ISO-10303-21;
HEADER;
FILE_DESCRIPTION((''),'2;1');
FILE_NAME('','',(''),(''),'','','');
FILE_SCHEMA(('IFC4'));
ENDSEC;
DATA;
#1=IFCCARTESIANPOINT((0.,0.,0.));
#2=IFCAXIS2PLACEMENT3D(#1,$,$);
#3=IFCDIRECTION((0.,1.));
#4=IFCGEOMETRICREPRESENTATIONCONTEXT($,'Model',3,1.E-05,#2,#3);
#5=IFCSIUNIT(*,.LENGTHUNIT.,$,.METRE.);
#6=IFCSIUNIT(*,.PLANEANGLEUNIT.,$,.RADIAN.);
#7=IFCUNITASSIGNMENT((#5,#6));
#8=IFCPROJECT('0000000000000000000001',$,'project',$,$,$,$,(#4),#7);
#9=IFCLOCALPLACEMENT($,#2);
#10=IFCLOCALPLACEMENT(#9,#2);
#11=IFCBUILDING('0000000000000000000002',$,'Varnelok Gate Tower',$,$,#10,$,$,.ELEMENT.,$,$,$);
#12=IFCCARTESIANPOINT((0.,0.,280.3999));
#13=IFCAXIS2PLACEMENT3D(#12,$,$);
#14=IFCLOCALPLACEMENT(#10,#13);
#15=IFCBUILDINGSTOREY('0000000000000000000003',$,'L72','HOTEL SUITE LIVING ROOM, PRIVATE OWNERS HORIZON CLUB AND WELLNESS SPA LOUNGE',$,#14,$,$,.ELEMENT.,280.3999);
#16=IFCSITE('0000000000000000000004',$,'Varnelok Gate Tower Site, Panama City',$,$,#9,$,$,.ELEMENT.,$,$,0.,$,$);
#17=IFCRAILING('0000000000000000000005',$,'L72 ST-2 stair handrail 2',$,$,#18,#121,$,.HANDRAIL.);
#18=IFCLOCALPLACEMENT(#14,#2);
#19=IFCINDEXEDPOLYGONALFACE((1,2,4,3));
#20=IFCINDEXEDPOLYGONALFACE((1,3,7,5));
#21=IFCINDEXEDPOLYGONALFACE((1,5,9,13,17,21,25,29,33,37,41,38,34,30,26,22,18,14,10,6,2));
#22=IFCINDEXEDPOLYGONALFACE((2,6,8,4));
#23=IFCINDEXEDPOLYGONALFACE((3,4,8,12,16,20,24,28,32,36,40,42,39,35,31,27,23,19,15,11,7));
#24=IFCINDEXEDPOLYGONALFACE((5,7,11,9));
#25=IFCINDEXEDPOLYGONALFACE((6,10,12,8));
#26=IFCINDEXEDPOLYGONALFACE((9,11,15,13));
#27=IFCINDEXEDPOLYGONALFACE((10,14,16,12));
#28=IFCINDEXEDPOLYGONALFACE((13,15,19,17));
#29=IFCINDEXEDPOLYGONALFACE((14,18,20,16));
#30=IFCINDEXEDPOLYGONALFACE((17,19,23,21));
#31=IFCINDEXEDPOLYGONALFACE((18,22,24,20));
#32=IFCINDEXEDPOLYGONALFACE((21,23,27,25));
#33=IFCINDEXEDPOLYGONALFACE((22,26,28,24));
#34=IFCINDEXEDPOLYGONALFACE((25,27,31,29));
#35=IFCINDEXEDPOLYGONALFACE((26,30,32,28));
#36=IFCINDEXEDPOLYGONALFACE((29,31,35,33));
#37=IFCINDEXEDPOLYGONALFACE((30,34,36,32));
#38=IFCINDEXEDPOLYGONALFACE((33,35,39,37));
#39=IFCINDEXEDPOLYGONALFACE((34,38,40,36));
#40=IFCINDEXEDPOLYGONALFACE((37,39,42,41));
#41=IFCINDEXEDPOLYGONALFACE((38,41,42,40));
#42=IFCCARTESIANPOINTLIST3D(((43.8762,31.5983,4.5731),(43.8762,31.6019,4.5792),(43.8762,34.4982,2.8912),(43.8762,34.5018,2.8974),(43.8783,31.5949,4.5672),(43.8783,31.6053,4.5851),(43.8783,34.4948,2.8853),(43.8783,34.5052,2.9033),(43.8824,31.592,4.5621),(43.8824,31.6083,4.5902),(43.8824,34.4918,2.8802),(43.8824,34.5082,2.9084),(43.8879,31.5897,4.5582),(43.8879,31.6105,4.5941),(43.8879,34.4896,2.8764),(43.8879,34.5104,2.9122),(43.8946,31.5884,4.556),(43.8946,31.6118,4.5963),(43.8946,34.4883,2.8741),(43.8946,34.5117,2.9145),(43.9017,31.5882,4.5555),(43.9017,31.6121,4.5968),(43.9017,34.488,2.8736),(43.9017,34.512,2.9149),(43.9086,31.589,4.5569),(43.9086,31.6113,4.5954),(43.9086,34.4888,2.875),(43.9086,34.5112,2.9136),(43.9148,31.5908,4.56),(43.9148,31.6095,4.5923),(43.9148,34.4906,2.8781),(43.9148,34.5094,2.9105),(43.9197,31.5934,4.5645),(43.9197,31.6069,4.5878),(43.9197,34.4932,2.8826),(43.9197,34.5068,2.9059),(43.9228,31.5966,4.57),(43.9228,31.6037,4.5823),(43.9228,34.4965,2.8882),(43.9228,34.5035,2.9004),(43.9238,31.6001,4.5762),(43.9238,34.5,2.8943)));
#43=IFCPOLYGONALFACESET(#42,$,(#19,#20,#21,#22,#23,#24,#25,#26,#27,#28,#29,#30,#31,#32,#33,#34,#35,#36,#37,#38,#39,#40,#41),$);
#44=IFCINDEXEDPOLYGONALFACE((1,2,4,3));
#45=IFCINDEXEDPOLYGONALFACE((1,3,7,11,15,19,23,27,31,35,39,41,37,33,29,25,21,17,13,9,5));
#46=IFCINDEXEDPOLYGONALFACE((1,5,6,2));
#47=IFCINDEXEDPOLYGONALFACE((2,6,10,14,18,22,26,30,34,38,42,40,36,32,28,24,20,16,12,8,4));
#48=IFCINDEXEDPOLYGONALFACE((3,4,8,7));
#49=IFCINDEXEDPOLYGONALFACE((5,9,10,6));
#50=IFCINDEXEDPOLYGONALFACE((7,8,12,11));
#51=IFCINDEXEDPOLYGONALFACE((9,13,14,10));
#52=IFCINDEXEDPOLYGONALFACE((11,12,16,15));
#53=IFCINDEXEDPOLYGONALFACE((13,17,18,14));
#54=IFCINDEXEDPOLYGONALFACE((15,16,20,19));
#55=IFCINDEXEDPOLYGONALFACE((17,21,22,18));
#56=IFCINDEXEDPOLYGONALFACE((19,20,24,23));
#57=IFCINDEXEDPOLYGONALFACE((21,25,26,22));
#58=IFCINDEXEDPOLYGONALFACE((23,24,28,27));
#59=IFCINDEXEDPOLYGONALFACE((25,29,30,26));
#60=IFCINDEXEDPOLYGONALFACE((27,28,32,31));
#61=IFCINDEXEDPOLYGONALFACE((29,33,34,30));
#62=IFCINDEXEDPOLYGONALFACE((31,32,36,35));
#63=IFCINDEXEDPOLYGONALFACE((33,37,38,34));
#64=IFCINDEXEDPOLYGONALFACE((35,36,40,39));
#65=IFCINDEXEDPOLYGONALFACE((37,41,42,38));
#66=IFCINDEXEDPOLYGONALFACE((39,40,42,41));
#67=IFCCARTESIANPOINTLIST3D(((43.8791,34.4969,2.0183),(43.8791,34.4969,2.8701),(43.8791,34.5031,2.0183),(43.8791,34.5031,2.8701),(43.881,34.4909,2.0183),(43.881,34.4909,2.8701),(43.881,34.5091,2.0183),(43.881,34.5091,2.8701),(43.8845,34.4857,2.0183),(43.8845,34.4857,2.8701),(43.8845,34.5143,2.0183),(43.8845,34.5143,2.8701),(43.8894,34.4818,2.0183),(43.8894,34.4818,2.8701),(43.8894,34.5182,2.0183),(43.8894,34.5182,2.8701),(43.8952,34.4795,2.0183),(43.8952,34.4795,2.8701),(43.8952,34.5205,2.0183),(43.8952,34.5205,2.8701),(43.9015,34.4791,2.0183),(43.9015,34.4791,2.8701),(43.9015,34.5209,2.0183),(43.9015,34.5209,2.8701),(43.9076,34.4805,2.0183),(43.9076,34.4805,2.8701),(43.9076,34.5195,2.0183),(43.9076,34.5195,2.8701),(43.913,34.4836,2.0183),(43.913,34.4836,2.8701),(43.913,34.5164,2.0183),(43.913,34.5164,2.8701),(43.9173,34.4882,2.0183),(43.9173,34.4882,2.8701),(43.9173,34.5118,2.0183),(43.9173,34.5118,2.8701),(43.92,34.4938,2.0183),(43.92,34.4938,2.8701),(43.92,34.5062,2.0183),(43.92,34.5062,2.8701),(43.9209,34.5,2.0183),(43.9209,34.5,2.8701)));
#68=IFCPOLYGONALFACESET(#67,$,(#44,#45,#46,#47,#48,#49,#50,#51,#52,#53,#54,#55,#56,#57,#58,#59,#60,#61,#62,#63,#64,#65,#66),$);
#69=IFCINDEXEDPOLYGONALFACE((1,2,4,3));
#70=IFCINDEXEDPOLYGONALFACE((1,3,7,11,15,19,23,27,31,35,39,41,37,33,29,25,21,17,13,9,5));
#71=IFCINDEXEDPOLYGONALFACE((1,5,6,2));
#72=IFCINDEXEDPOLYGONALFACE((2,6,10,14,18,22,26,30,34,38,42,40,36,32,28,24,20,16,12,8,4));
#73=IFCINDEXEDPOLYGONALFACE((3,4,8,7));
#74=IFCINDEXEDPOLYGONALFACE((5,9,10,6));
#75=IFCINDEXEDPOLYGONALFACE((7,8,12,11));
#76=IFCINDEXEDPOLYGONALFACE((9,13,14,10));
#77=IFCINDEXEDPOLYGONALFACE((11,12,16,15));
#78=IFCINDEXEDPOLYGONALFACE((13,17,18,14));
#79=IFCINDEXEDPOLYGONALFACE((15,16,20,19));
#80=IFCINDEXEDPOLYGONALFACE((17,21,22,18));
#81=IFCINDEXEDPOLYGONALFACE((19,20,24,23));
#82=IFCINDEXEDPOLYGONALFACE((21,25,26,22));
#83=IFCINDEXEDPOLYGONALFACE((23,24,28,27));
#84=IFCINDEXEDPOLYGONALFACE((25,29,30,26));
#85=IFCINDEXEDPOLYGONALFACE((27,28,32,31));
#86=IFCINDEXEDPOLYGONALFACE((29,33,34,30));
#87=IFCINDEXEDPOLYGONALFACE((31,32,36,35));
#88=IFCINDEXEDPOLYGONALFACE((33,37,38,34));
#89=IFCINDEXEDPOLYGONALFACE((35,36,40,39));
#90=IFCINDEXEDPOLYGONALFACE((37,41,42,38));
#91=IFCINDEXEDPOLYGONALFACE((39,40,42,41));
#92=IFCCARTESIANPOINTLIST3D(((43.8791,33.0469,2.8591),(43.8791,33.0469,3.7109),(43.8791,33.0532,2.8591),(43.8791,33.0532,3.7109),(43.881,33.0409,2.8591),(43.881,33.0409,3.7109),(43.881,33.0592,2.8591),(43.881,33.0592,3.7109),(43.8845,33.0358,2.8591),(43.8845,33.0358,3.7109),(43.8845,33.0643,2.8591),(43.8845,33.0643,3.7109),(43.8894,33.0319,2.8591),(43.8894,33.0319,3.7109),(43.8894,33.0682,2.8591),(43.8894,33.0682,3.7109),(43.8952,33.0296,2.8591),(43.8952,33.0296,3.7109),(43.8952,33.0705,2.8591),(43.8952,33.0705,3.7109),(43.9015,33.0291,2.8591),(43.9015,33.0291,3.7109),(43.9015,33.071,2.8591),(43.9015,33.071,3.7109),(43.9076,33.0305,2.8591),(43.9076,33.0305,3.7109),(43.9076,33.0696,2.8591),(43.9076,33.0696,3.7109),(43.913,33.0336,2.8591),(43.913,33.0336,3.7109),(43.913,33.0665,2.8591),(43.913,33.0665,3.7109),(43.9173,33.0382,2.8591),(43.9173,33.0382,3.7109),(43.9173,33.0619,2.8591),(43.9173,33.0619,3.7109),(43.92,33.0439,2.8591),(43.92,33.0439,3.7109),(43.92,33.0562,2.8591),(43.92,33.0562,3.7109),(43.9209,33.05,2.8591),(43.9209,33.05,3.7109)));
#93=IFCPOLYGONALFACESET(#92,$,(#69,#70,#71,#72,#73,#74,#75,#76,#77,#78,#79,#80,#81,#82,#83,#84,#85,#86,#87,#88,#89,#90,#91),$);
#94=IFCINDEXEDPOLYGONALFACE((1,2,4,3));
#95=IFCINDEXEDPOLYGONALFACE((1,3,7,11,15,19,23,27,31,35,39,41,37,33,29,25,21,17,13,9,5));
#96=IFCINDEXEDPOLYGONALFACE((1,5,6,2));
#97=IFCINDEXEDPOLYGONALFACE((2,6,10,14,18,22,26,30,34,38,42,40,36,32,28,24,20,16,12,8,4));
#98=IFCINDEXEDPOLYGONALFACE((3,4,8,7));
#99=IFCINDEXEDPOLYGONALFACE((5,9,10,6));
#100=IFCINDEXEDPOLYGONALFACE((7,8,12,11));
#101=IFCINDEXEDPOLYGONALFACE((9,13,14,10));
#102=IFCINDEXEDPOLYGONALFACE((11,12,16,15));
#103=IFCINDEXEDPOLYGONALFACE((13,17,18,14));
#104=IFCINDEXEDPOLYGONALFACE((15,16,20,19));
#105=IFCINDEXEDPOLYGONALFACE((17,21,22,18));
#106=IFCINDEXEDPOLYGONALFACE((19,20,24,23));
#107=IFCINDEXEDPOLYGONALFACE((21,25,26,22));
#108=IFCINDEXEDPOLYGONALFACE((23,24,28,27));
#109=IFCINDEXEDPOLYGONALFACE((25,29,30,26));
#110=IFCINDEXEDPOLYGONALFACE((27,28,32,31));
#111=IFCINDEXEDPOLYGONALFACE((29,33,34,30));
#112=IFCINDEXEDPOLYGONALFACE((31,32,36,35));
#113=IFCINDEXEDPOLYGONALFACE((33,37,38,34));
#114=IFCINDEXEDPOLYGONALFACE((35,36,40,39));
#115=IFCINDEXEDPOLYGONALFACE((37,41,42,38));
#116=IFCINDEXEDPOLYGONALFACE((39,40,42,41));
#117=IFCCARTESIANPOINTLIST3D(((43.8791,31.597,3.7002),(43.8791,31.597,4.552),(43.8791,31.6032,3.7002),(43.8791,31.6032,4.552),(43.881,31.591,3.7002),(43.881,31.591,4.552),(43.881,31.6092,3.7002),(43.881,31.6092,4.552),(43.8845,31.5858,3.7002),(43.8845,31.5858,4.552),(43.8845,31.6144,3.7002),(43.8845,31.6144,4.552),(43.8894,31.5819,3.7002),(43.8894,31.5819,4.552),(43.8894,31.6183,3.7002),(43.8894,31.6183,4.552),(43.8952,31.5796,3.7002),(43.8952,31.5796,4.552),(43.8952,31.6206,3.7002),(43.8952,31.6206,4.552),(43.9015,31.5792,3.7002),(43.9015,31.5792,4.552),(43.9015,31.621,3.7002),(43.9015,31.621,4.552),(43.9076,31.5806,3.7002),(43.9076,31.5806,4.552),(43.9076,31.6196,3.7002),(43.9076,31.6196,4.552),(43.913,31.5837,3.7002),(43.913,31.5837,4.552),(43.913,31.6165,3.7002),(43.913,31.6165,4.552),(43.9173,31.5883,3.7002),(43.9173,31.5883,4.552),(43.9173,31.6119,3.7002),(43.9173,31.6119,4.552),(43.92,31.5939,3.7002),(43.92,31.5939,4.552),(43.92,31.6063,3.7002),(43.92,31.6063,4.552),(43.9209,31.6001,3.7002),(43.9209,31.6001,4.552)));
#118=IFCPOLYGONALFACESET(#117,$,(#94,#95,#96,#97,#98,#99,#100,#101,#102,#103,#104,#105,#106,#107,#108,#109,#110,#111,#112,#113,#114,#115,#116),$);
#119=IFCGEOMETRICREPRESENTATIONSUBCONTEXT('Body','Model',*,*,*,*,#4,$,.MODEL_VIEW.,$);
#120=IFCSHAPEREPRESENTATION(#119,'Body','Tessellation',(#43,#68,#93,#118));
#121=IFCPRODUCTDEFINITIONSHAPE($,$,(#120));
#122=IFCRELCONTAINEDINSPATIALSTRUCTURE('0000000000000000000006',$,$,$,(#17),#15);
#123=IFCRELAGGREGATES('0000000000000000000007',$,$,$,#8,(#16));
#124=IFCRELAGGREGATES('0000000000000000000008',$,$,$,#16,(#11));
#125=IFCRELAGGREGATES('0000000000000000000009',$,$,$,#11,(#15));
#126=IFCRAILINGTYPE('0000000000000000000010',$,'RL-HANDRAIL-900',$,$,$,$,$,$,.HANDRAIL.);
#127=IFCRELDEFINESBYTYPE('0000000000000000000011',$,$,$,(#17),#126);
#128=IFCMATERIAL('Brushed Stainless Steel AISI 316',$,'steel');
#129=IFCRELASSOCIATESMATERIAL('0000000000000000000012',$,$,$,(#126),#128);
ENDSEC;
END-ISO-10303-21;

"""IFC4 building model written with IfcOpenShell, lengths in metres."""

from ifc_helpers import new_model, si_unit, direction, frame, origin, origin_2d, place, context, subcontext, project, spatial, circle, extrude, material, type_object, element, save


model = new_model("IFC4")

# Units and contexts
model_context = context("Model", 3, precision=1e-05, world=origin(), true_north=direction((0.0, 1.0)))
body_context = subcontext(model_context, "Body", "Model", "MODEL_VIEW")
ifc_project = project(units=[si_unit("LENGTHUNIT", "METRE"), si_unit("PLANEANGLEUNIT", "RADIAN")], contexts=[model_context])

# Site, building, storey
site_placement = place(None, origin())
site = spatial("IfcSite", under=ifc_project, at=site_placement, Name="Varnelok Gate Tower Site, Panama City", CompositionType="ELEMENT", RefElevation=0.0)
building_placement = place(site_placement, origin())
building = spatial("IfcBuilding", under=site, at=building_placement, Name="Varnelok Gate Tower", CompositionType="ELEMENT")
storey_placement = place(building_placement, frame((0.0, 0.0, 280.3999)))
storey = spatial("IfcBuildingStorey", under=building, at=storey_placement, Name="L72", Description="HOTEL SUITE LIVING ROOM, PRIVATE OWNERS HORIZON CLUB AND WELLNESS SPA LOUNGE", CompositionType="ELEMENT", Elevation=280.3999)

# Railing
ifc_material_1 = material(Name="Brushed Stainless Steel AISI 316", Category="steel")
railing_type_1 = type_object("IfcRailingType", Name="RL-HANDRAIL-900", PredefinedType="HANDRAIL", material=ifc_material_1)
railing_1_placement = place(storey_placement, frame((43.8999, 34.5, 2.0183)))
element("IfcRailing", 1, at=railing_1_placement, inside=storey, type_object=railing_type_1, Name="L72 ST-2 stair handrail 2", PredefinedType="HANDRAIL", context=body_context, shape_type="SweptSolid", body=[
    extrude(circle(Radius=0.0239, at=origin_2d()), frame((0.0, 0.0, 0.876), z_axis=(0.0, -0.865039, 0.501705), x_axis=(1.0, 0.0, 0.0)), (0.0, 0.0, 1.0), 3.3523),
    extrude(circle(Radius=0.021, at=origin_2d()), origin(), (0.0, 0.0, 1.0), 0.8518),
    extrude(circle(Radius=0.021, at=origin_2d()), frame((0.0, -1.45, 0.8408)), (0.0, 0.0, 1.0), 0.8518),
    extrude(circle(Radius=0.021, at=origin_2d()), frame((0.0, -2.8999, 1.6819)), (0.0, 0.0, 1.0), 0.8518),
])

save(model, "model.ifc")
